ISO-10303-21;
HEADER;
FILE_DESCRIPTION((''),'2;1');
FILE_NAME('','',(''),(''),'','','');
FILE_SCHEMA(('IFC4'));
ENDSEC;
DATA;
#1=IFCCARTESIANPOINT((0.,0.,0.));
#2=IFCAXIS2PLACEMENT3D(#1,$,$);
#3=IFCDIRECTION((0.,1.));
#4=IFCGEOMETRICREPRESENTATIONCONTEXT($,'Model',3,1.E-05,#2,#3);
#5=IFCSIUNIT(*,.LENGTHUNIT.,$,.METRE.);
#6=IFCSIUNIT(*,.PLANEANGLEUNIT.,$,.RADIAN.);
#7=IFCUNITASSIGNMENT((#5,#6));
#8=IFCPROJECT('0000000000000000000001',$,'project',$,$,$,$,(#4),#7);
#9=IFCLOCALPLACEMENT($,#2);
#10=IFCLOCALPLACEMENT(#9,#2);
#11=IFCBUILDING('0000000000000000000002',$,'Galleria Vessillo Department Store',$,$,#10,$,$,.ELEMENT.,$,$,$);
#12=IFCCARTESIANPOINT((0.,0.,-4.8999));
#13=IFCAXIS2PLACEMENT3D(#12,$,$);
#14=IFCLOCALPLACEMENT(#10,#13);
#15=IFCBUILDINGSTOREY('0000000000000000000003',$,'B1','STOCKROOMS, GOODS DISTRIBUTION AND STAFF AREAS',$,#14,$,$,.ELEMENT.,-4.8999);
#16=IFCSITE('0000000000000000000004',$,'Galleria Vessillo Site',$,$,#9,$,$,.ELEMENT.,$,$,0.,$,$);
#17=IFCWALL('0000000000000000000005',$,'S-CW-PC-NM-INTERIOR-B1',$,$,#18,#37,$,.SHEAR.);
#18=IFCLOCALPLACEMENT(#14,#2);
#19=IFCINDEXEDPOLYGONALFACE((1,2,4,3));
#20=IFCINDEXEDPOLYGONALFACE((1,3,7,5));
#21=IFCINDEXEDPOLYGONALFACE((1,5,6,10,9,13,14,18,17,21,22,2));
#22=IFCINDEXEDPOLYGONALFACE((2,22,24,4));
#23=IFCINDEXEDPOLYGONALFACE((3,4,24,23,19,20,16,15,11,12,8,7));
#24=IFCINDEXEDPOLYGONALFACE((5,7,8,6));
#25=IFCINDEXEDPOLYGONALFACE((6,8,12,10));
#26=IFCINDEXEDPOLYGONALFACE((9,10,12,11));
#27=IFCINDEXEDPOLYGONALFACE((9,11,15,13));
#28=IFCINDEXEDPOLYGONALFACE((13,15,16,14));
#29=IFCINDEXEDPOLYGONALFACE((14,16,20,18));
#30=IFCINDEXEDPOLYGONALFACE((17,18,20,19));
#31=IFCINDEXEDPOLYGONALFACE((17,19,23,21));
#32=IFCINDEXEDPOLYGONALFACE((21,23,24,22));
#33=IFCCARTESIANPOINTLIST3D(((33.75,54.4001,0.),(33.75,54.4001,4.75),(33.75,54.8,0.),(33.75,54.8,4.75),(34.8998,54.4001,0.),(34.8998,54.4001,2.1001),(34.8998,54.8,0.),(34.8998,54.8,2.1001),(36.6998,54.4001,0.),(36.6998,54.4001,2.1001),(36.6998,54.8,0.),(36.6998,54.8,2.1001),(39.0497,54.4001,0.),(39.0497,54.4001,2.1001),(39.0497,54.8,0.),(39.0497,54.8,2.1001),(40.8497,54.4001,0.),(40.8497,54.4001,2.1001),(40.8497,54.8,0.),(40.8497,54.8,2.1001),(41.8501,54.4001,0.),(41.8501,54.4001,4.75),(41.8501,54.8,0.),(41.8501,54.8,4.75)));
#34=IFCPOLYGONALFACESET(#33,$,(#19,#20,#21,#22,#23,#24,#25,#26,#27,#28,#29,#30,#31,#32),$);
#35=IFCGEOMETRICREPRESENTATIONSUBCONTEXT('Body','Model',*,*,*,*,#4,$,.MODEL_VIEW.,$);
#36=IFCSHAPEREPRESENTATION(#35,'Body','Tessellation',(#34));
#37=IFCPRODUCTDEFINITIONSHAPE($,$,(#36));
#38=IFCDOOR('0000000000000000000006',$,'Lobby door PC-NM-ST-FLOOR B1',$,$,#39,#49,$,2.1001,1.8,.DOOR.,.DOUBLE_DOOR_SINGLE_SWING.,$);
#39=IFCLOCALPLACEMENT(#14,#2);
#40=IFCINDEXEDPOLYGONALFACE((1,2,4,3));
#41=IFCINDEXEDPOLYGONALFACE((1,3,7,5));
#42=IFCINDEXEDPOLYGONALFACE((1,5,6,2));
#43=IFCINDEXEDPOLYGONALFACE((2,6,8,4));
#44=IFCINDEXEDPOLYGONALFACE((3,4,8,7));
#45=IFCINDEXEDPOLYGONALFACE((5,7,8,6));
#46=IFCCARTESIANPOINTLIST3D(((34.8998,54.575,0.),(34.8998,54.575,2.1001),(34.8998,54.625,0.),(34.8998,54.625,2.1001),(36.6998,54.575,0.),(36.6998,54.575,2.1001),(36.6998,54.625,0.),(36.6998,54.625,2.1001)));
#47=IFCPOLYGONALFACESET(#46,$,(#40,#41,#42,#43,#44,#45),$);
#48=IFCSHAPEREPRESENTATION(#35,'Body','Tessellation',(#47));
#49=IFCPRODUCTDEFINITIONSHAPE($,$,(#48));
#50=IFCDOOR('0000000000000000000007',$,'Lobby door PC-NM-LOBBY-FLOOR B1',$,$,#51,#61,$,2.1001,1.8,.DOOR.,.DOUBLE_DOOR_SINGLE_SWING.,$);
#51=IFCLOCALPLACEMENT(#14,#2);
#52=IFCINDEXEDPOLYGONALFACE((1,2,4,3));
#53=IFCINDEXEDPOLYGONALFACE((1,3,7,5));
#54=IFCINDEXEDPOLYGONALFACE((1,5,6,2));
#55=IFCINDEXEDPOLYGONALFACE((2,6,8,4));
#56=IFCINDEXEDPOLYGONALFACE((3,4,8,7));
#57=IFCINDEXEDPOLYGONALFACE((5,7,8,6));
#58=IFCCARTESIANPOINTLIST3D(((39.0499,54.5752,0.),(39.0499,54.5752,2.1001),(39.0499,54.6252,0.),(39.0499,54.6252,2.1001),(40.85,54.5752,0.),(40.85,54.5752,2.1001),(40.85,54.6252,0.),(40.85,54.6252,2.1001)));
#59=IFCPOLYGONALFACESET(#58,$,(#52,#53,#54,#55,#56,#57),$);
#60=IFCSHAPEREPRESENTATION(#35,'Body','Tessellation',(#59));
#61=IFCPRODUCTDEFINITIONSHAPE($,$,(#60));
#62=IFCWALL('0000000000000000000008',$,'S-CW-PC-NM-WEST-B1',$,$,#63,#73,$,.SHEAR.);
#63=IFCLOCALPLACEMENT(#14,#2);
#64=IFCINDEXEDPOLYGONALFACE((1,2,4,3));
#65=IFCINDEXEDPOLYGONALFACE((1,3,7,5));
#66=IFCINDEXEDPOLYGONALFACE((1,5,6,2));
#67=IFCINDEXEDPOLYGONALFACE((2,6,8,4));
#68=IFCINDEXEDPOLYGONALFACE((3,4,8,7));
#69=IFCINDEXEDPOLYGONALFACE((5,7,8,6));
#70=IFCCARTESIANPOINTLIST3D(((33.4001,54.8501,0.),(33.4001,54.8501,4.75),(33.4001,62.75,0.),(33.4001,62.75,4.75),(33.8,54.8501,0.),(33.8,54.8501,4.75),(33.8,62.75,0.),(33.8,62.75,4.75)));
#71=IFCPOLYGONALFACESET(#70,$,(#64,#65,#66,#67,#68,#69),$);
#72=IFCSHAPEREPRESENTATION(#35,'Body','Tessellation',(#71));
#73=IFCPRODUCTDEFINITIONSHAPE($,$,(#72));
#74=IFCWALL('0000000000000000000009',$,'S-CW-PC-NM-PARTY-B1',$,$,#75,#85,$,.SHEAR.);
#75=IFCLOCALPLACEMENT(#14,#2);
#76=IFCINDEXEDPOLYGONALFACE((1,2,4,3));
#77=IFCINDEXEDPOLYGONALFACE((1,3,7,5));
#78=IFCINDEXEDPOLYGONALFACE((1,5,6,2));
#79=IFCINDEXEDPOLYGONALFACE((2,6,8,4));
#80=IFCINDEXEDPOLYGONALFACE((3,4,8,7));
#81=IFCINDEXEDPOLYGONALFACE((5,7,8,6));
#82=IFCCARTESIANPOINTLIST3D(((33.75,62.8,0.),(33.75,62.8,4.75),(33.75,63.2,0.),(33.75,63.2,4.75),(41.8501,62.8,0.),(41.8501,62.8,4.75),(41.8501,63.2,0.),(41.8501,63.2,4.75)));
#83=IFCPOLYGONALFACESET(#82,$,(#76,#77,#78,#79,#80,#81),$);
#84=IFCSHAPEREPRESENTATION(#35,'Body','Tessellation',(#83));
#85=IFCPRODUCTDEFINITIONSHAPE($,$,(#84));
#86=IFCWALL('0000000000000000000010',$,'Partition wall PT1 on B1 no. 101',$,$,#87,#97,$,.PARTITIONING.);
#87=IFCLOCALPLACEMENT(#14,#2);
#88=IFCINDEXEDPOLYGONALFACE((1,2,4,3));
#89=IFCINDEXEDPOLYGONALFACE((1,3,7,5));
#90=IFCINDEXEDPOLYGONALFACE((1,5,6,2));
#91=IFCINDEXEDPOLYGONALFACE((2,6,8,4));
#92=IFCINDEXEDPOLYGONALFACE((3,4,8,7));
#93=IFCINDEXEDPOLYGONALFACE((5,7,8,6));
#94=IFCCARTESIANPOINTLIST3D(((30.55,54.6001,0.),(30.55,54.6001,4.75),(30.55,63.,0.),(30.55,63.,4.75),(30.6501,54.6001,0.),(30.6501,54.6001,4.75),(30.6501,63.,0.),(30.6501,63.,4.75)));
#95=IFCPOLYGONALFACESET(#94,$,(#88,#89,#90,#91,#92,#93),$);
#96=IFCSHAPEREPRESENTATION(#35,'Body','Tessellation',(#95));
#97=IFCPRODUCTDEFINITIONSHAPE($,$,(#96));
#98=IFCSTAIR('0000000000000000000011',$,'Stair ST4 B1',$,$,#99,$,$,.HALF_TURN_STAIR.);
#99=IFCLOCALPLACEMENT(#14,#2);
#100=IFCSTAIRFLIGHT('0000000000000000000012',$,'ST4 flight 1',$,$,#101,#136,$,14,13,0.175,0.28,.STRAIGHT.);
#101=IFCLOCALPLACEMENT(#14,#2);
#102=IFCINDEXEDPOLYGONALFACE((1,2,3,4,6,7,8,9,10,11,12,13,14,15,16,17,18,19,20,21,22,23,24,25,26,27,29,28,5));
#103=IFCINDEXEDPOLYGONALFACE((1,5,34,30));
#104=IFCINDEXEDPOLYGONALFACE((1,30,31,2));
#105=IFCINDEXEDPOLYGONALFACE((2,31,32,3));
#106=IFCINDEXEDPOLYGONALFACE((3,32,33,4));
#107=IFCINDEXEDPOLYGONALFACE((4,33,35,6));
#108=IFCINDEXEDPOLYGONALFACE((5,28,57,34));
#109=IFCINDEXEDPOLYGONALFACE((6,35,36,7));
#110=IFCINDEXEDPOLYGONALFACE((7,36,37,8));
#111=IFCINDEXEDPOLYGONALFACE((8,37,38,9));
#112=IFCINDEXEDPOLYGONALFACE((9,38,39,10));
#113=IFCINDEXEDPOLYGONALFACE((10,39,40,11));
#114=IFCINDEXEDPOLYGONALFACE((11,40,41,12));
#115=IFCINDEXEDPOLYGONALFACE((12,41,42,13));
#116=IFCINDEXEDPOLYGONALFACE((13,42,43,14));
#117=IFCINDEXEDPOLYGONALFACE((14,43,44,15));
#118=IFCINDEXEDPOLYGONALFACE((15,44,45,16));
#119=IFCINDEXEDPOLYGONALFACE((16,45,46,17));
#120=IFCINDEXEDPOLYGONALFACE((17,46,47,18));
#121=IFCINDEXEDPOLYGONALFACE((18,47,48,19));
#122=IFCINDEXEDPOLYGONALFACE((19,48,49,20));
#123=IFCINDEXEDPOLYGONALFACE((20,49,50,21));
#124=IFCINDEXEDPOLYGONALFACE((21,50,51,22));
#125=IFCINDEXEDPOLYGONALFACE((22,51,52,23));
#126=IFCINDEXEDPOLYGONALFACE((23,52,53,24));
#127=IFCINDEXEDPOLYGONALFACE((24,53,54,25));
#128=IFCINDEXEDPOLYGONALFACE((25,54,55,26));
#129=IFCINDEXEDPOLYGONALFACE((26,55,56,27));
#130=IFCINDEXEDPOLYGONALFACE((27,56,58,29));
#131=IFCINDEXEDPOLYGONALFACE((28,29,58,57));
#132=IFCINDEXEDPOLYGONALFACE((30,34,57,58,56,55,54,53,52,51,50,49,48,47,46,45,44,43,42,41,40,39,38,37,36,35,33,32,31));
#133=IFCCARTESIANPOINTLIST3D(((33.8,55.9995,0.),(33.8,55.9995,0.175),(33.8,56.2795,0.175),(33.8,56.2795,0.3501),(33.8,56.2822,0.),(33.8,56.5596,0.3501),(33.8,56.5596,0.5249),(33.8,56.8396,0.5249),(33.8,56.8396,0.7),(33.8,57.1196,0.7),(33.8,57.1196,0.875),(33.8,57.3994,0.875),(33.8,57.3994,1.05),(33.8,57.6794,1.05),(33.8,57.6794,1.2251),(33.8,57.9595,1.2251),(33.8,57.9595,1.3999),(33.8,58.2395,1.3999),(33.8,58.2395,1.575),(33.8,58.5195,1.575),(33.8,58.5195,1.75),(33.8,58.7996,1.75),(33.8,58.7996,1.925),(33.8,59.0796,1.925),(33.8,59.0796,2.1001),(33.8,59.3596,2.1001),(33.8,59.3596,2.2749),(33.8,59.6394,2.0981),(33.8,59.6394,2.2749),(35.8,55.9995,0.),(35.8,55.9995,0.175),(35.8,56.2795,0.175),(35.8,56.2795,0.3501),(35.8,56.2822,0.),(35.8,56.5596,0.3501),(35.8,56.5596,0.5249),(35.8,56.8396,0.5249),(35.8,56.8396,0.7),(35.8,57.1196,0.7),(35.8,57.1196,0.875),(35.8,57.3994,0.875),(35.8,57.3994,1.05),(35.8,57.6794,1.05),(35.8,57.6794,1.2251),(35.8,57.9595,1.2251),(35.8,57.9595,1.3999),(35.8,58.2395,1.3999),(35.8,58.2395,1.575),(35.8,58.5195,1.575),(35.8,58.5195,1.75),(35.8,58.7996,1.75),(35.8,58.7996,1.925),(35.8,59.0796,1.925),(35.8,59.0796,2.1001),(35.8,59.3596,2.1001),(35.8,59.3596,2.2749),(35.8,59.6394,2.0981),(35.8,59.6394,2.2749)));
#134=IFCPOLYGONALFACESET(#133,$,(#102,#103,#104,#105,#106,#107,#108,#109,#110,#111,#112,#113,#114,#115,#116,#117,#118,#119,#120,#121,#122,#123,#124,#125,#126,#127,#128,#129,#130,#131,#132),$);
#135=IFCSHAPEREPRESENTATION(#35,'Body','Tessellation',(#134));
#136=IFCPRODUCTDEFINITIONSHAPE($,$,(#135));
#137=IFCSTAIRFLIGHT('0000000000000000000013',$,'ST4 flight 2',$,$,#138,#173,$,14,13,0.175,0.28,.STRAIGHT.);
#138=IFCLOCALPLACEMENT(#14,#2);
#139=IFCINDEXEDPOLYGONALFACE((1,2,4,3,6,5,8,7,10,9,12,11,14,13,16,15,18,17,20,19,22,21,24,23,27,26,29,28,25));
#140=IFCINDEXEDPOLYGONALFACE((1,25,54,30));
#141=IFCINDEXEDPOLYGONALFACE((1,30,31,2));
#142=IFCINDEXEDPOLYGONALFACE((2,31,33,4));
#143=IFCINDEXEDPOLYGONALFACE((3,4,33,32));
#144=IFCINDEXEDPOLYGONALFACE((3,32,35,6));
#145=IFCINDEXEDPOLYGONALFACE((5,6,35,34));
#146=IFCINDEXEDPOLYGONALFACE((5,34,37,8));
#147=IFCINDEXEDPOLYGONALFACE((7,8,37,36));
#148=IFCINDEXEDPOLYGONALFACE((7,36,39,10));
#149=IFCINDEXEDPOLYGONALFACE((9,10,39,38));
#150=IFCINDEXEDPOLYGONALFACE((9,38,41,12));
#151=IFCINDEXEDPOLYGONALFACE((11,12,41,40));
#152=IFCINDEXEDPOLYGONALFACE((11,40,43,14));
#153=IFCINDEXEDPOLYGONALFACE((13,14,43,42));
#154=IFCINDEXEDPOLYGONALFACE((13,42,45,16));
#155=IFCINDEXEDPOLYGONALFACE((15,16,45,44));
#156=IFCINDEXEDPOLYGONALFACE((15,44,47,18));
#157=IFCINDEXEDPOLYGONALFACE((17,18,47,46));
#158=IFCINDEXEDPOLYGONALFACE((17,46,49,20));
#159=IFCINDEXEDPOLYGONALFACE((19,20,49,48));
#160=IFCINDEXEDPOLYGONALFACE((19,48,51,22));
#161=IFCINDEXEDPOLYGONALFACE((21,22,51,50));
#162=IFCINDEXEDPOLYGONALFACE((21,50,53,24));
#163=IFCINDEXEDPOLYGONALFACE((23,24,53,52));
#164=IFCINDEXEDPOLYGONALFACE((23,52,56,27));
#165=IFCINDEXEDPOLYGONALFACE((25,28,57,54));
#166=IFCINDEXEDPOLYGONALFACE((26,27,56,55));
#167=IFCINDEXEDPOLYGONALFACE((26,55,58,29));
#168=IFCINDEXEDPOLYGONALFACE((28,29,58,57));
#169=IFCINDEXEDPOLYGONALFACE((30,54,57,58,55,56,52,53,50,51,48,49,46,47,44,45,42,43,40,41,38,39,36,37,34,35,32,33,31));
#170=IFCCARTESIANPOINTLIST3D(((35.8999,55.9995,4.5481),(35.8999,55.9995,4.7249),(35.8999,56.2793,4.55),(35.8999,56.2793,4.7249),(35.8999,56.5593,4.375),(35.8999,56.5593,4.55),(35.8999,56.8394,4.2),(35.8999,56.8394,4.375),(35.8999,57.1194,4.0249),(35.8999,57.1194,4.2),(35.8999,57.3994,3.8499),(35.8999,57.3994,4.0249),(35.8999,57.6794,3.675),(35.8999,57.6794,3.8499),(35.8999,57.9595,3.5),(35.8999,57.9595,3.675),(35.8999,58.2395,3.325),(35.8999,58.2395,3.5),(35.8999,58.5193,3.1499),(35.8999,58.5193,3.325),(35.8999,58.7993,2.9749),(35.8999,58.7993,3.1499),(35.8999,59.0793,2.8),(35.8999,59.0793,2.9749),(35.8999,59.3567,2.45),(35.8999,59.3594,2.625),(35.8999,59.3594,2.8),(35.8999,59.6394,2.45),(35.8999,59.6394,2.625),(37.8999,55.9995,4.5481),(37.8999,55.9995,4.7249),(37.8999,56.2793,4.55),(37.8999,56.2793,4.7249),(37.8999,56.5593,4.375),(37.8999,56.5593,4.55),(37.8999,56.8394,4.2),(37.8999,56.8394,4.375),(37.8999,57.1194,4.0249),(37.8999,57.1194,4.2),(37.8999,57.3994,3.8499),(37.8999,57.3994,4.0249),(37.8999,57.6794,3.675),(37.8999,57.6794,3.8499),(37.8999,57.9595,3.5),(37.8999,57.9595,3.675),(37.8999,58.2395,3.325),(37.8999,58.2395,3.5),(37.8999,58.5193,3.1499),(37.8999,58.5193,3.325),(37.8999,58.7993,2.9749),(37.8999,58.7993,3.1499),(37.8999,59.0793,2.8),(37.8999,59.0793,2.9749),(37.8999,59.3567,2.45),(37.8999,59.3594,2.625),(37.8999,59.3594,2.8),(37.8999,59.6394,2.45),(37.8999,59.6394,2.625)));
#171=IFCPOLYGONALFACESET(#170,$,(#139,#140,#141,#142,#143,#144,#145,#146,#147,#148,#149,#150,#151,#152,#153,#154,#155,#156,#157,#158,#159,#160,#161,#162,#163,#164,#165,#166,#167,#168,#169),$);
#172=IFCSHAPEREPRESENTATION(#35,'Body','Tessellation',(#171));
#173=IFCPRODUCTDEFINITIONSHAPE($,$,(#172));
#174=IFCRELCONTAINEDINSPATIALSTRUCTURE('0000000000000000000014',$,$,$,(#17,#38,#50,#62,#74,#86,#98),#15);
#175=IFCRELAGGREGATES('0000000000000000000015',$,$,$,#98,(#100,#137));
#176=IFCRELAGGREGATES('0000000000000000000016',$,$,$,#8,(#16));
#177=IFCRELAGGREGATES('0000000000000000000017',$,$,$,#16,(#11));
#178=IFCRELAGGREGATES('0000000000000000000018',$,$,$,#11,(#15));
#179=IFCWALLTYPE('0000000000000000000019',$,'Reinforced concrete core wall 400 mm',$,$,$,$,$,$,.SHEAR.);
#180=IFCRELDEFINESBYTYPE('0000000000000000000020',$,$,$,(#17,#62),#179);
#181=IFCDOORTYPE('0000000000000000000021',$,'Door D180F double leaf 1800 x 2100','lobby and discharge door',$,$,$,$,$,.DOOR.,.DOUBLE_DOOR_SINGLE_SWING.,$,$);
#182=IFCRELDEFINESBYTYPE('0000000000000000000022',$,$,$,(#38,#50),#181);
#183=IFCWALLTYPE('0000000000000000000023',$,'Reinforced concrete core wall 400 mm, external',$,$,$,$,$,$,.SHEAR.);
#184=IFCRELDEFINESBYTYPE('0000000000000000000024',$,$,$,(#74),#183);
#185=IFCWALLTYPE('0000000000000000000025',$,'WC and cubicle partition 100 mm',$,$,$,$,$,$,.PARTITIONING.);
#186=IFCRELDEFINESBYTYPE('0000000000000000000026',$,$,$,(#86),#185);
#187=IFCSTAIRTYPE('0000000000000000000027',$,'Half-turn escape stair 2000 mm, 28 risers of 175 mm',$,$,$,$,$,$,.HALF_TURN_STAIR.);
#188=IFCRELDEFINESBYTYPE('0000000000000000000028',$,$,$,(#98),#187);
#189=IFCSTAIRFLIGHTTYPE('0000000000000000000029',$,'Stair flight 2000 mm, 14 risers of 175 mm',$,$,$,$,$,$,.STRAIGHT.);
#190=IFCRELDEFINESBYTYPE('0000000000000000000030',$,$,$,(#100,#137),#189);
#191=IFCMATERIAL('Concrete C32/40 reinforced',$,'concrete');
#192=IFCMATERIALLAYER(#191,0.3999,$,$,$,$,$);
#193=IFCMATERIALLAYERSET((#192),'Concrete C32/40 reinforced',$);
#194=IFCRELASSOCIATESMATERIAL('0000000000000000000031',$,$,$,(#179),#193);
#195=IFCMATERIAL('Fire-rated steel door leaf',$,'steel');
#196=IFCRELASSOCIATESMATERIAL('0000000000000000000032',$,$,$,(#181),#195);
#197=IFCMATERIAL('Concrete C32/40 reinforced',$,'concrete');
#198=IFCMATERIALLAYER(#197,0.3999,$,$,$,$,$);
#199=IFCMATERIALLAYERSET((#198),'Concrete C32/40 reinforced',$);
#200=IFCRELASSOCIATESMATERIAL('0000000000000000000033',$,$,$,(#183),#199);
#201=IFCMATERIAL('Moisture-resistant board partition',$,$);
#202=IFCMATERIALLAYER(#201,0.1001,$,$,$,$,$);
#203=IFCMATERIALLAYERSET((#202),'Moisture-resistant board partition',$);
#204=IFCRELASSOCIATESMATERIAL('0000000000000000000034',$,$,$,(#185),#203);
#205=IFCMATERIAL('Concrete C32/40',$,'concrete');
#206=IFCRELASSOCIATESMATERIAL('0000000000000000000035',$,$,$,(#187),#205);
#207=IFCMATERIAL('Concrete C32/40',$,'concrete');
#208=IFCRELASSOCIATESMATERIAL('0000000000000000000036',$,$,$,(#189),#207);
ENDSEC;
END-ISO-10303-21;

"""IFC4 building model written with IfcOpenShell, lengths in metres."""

from ifc_helpers import new_model, si_unit, direction, frame, frame_2d, origin, place, context, subcontext, project, spatial, polyline, rectangle, outline, extrude, material, layer, layer_set, type_object, element, fill, aggregate, save


model = new_model("IFC4")

# Units and contexts
model_context = context("Model", 3, precision=1e-05, world=origin(), true_north=direction((0.0, 1.0)))
body_context = subcontext(model_context, "Body", "Model", "MODEL_VIEW")
ifc_project = project(units=[si_unit("LENGTHUNIT", "METRE"), si_unit("PLANEANGLEUNIT", "RADIAN")], contexts=[model_context])

# Site, building, storey
site_placement = place(None, origin())
site = spatial("IfcSite", under=ifc_project, at=site_placement, Name="Galleria Vessillo Site", CompositionType="ELEMENT", RefElevation=0.0)
building_placement = place(site_placement, origin())
building = spatial("IfcBuilding", under=site, at=building_placement, Name="Galleria Vessillo Department Store", CompositionType="ELEMENT")
storey_placement = place(building_placement, frame((0.0, 0.0, -4.8999)))
storey = spatial("IfcBuildingStorey", under=building, at=storey_placement, Name="B1", Description="STOCKROOMS, GOODS DISTRIBUTION AND STAFF AREAS", CompositionType="ELEMENT", Elevation=-4.8999)

# Wall, openings, doors
ifc_material_1 = material(Name="Concrete C32/40 reinforced", Category="concrete")
ifc_layer_1 = layer(ifc_material_1, 0.3999)
ifc_layer_set_1 = layer_set([ifc_layer_1], Name="Concrete C32/40 reinforced")
wall_type_1 = type_object("IfcWallType", Name="Reinforced concrete core wall 400 mm", PredefinedType="SHEAR", material=ifc_layer_set_1)
wall_1_placement = place(storey_placement, frame((33.75, 54.6001, 0.0), z_axis=(0.0, 0.0, 1.0), x_axis=(1.0, 0.0, 0.0)))
wall_1 = element("IfcWall", 1, at=wall_1_placement, inside=storey, type_object=wall_type_1, Name="S-CW-PC-NM-INTERIOR-B1", PredefinedType="SHEAR", context=body_context, shape_type="SweptSolid", body=[
    extrude(rectangle(XDim=8.1001, YDim=0.3999, at=frame_2d((4.05, 0.0))), origin(), (0.0, 0.0, 1.0), 4.75),
])
opening_1_placement = place(wall_1_placement, frame((1.1499, 0.0, 0.0)))
opening_1 = element("IfcOpeningElement", 2, at=opening_1_placement, cuts=wall_1, PredefinedType="OPENING", context=body_context, shape_type="SweptSolid", body=[
    extrude(rectangle(XDim=1.8, YDim=2.1001, at=frame_2d((0.8999, 1.05))), frame((0.0, 0.21, 0.0), z_axis=(0.0, -1.0, 0.0), x_axis=(1.0, 0.0, 0.0)), (0.0, 0.0, 1.0), 0.4199),
])
opening_2_placement = place(wall_1_placement, frame((5.2998, 0.0, 0.0)))
opening_2 = element("IfcOpeningElement", 3, at=opening_2_placement, cuts=wall_1, PredefinedType="OPENING", context=body_context, shape_type="SweptSolid", body=[
    extrude(rectangle(XDim=1.8, YDim=2.1001, at=frame_2d((0.8999, 1.05))), frame((0.0, 0.21, 0.0), z_axis=(0.0, -1.0, 0.0), x_axis=(1.0, 0.0, 0.0)), (0.0, 0.0, 1.0), 0.4199),
])
ifc_material_2 = material(Name="Fire-rated steel door leaf", Category="steel")
door_type = type_object("IfcDoorType", Name="Door D180F double leaf 1800 x 2100", Description="lobby and discharge door", OperationType="DOUBLE_DOOR_SINGLE_SWING", PredefinedType="DOOR", material=ifc_material_2)
door_1_placement = place(opening_1_placement, origin())
door_1 = element("IfcDoor", 4, at=door_1_placement, inside=storey, type_object=door_type, Name="Lobby door PC-NM-ST-FLOOR B1", OperationType="DOUBLE_DOOR_SINGLE_SWING", OverallHeight=2.1001, OverallWidth=1.8, PredefinedType="DOOR", context=body_context, shape_type="SweptSolid", body=[
    extrude(rectangle(XDim=1.8, YDim=2.1001, at=frame_2d((0.8999, 1.05))), frame((0.0, 0.0249, 0.0), z_axis=(0.0, -1.0, 0.0), x_axis=(1.0, 0.0, 0.0)), (0.0, 0.0, 1.0), 0.05),
])
fill(opening_1, door_1)
door_2_placement = place(opening_2_placement, frame((1.8, 0.0, 0.0), z_axis=(0.0, 0.0, 1.0), x_axis=(-1.0, 0.0, 0.0)))
door_2 = element("IfcDoor", 5, at=door_2_placement, inside=storey, type_object=door_type, Name="Lobby door PC-NM-LOBBY-FLOOR B1", OperationType="DOUBLE_DOOR_SINGLE_SWING", OverallHeight=2.1001, OverallWidth=1.8, PredefinedType="DOOR", context=body_context, shape_type="SweptSolid", body=[
    extrude(rectangle(XDim=1.8, YDim=2.1001, at=frame_2d((0.8999, 1.05))), frame((0.0, 0.0249, 0.0), z_axis=(0.0, -1.0, 0.0), x_axis=(1.0, 0.0, 0.0)), (0.0, 0.0, 1.0), 0.05),
])
fill(opening_2, door_2)

# Walls
wall_2_placement = place(storey_placement, frame((33.6001, 54.8501, 0.0), z_axis=(0.0, 0.0, 1.0), x_axis=(0.0, 1.0, 0.0)))
element("IfcWall", 6, at=wall_2_placement, inside=storey, type_object=wall_type_1, Name="S-CW-PC-NM-WEST-B1", PredefinedType="SHEAR", context=body_context, shape_type="SweptSolid", body=[
    extrude(rectangle(XDim=7.8999, YDim=0.3999, at=frame_2d((3.95, 0.0))), origin(), (0.0, 0.0, 1.0), 4.75),
])
ifc_material_3 = material(Name="Concrete C32/40 reinforced", Category="concrete")
ifc_layer_2 = layer(ifc_material_3, 0.3999)
ifc_layer_set_2 = layer_set([ifc_layer_2], Name="Concrete C32/40 reinforced")
wall_type_2 = type_object("IfcWallType", Name="Reinforced concrete core wall 400 mm, external", PredefinedType="SHEAR", material=ifc_layer_set_2)
wall_3_placement = place(storey_placement, frame((33.75, 63.0, 0.0), z_axis=(0.0, 0.0, 1.0), x_axis=(1.0, 0.0, 0.0)))
element("IfcWall", 7, at=wall_3_placement, inside=storey, type_object=wall_type_2, Name="S-CW-PC-NM-PARTY-B1", PredefinedType="SHEAR", context=body_context, shape_type="SweptSolid", body=[
    extrude(rectangle(XDim=8.1001, YDim=0.3999, at=frame_2d((4.05, 0.0))), origin(), (0.0, 0.0, 1.0), 4.75),
])
ifc_material_4 = material(Name="Moisture-resistant board partition")
ifc_layer_3 = layer(ifc_material_4, 0.1001)
ifc_layer_set_3 = layer_set([ifc_layer_3], Name="Moisture-resistant board partition")
wall_type_3 = type_object("IfcWallType", Name="WC and cubicle partition 100 mm", PredefinedType="PARTITIONING", material=ifc_layer_set_3)
wall_4_placement = place(storey_placement, frame((30.6001, 54.6001, 0.0), z_axis=(0.0, 0.0, 1.0), x_axis=(0.0, 1.0, 0.0)))
element("IfcWall", 8, at=wall_4_placement, inside=storey, type_object=wall_type_3, Name="Partition wall PT1 on B1 no. 101", PredefinedType="PARTITIONING", context=body_context, shape_type="SweptSolid", body=[
    extrude(rectangle(XDim=8.3999, YDim=0.1001, at=frame_2d((4.2, 0.0))), origin(), (0.0, 0.0, 1.0), 4.75),
])

# Stair, stair flights
ifc_material_5 = material(Name="Concrete C32/40", Category="concrete")
stair_type = type_object("IfcStairType", Name="Half-turn escape stair 2000 mm, 28 risers of 175 mm", PredefinedType="HALF_TURN_STAIR", material=ifc_material_5)
stair_placement = place(storey_placement, origin())
stair = element("IfcStair", 9, at=stair_placement, inside=storey, type_object=stair_type, Name="Stair ST4 B1", PredefinedType="HALF_TURN_STAIR")
ifc_material_6 = material(Name="Concrete C32/40", Category="concrete")
stair_flight_type = type_object("IfcStairFlightType", Name="Stair flight 2000 mm, 14 risers of 175 mm", PredefinedType="STRAIGHT", material=ifc_material_6)
stair_flight_1_placement = place(storey_placement, frame((34.8, 55.9995, 0.0), z_axis=(0.0, 0.0, 1.0), x_axis=(0.0, 1.0, 0.0)))
stair_flight_1 = element("IfcStairFlight", 10, at=stair_flight_1_placement, type_object=stair_flight_type, Name="ST4 flight 1", NumberOfRisers=14, NumberOfTreads=13, PredefinedType="STRAIGHT", RiserHeight=0.175, TreadLength=0.28, context=body_context, shape_type="SweptSolid", body=[
    extrude(outline(polyline([(0.0, 0.0), (0.0, 0.175), (0.28, 0.175), (0.28, 0.3501), (0.5601, 0.3501), (0.5601, 0.5249), (0.8401, 0.5249), (0.8401, 0.7), (1.1201, 0.7), (1.1201, 0.875), (1.3999, 0.875), (1.3999, 1.05), (1.6799, 1.05), (1.6799, 1.2251), (1.96, 1.2251), (1.96, 1.3999), (2.24, 1.3999), (2.24, 1.575), (2.52, 1.575), (2.52, 1.75), (2.8, 1.75), (2.8, 1.925), (3.0801, 1.925), (3.0801, 2.1001), (3.3601, 2.1001), (3.3601, 2.2749), (3.6399, 2.2749), (3.6399, 2.45), (3.6399, 2.0981), (0.2827, 0.0), (0.0, 0.0)])), frame((0.0, 1.0, 0.0), z_axis=(0.0, -1.0, 0.0), x_axis=(1.0, 0.0, 0.0)), (0.0, 0.0, 1.0), 2.0),
])
stair_flight_2_placement = place(storey_placement, frame((36.8999, 59.6394, 2.45), z_axis=(0.0, 0.0, 1.0), x_axis=(0.0, -1.0, 0.0)))
stair_flight_2 = element("IfcStairFlight", 11, at=stair_flight_2_placement, type_object=stair_flight_type, Name="ST4 flight 2", NumberOfRisers=14, NumberOfTreads=13, PredefinedType="STRAIGHT", RiserHeight=0.175, TreadLength=0.28, context=body_context, shape_type="SweptSolid", body=[
    extrude(outline(polyline([(0.0, 0.0), (0.0, 0.175), (0.28, 0.175), (0.28, 0.3501), (0.5601, 0.3501), (0.5601, 0.5249), (0.8401, 0.5249), (0.8401, 0.7), (1.1201, 0.7), (1.1201, 0.875), (1.3999, 0.875), (1.3999, 1.05), (1.6799, 1.05), (1.6799, 1.2251), (1.96, 1.2251), (1.96, 1.3999), (2.24, 1.3999), (2.24, 1.575), (2.52, 1.575), (2.52, 1.75), (2.8, 1.75), (2.8, 1.925), (3.0801, 1.925), (3.0801, 2.1001), (3.3601, 2.1001), (3.3601, 2.2749), (3.6399, 2.2749), (3.6399, 2.45), (3.6399, 2.0981), (0.2827, 0.0), (0.0, 0.0)])), frame((0.0, 1.0, 0.0), z_axis=(0.0, -1.0, 0.0), x_axis=(1.0, 0.0, 0.0)), (0.0, 0.0, 1.0), 2.0),
])
aggregate(stair, [stair_flight_1, stair_flight_2])

save(model, "model.ifc")
